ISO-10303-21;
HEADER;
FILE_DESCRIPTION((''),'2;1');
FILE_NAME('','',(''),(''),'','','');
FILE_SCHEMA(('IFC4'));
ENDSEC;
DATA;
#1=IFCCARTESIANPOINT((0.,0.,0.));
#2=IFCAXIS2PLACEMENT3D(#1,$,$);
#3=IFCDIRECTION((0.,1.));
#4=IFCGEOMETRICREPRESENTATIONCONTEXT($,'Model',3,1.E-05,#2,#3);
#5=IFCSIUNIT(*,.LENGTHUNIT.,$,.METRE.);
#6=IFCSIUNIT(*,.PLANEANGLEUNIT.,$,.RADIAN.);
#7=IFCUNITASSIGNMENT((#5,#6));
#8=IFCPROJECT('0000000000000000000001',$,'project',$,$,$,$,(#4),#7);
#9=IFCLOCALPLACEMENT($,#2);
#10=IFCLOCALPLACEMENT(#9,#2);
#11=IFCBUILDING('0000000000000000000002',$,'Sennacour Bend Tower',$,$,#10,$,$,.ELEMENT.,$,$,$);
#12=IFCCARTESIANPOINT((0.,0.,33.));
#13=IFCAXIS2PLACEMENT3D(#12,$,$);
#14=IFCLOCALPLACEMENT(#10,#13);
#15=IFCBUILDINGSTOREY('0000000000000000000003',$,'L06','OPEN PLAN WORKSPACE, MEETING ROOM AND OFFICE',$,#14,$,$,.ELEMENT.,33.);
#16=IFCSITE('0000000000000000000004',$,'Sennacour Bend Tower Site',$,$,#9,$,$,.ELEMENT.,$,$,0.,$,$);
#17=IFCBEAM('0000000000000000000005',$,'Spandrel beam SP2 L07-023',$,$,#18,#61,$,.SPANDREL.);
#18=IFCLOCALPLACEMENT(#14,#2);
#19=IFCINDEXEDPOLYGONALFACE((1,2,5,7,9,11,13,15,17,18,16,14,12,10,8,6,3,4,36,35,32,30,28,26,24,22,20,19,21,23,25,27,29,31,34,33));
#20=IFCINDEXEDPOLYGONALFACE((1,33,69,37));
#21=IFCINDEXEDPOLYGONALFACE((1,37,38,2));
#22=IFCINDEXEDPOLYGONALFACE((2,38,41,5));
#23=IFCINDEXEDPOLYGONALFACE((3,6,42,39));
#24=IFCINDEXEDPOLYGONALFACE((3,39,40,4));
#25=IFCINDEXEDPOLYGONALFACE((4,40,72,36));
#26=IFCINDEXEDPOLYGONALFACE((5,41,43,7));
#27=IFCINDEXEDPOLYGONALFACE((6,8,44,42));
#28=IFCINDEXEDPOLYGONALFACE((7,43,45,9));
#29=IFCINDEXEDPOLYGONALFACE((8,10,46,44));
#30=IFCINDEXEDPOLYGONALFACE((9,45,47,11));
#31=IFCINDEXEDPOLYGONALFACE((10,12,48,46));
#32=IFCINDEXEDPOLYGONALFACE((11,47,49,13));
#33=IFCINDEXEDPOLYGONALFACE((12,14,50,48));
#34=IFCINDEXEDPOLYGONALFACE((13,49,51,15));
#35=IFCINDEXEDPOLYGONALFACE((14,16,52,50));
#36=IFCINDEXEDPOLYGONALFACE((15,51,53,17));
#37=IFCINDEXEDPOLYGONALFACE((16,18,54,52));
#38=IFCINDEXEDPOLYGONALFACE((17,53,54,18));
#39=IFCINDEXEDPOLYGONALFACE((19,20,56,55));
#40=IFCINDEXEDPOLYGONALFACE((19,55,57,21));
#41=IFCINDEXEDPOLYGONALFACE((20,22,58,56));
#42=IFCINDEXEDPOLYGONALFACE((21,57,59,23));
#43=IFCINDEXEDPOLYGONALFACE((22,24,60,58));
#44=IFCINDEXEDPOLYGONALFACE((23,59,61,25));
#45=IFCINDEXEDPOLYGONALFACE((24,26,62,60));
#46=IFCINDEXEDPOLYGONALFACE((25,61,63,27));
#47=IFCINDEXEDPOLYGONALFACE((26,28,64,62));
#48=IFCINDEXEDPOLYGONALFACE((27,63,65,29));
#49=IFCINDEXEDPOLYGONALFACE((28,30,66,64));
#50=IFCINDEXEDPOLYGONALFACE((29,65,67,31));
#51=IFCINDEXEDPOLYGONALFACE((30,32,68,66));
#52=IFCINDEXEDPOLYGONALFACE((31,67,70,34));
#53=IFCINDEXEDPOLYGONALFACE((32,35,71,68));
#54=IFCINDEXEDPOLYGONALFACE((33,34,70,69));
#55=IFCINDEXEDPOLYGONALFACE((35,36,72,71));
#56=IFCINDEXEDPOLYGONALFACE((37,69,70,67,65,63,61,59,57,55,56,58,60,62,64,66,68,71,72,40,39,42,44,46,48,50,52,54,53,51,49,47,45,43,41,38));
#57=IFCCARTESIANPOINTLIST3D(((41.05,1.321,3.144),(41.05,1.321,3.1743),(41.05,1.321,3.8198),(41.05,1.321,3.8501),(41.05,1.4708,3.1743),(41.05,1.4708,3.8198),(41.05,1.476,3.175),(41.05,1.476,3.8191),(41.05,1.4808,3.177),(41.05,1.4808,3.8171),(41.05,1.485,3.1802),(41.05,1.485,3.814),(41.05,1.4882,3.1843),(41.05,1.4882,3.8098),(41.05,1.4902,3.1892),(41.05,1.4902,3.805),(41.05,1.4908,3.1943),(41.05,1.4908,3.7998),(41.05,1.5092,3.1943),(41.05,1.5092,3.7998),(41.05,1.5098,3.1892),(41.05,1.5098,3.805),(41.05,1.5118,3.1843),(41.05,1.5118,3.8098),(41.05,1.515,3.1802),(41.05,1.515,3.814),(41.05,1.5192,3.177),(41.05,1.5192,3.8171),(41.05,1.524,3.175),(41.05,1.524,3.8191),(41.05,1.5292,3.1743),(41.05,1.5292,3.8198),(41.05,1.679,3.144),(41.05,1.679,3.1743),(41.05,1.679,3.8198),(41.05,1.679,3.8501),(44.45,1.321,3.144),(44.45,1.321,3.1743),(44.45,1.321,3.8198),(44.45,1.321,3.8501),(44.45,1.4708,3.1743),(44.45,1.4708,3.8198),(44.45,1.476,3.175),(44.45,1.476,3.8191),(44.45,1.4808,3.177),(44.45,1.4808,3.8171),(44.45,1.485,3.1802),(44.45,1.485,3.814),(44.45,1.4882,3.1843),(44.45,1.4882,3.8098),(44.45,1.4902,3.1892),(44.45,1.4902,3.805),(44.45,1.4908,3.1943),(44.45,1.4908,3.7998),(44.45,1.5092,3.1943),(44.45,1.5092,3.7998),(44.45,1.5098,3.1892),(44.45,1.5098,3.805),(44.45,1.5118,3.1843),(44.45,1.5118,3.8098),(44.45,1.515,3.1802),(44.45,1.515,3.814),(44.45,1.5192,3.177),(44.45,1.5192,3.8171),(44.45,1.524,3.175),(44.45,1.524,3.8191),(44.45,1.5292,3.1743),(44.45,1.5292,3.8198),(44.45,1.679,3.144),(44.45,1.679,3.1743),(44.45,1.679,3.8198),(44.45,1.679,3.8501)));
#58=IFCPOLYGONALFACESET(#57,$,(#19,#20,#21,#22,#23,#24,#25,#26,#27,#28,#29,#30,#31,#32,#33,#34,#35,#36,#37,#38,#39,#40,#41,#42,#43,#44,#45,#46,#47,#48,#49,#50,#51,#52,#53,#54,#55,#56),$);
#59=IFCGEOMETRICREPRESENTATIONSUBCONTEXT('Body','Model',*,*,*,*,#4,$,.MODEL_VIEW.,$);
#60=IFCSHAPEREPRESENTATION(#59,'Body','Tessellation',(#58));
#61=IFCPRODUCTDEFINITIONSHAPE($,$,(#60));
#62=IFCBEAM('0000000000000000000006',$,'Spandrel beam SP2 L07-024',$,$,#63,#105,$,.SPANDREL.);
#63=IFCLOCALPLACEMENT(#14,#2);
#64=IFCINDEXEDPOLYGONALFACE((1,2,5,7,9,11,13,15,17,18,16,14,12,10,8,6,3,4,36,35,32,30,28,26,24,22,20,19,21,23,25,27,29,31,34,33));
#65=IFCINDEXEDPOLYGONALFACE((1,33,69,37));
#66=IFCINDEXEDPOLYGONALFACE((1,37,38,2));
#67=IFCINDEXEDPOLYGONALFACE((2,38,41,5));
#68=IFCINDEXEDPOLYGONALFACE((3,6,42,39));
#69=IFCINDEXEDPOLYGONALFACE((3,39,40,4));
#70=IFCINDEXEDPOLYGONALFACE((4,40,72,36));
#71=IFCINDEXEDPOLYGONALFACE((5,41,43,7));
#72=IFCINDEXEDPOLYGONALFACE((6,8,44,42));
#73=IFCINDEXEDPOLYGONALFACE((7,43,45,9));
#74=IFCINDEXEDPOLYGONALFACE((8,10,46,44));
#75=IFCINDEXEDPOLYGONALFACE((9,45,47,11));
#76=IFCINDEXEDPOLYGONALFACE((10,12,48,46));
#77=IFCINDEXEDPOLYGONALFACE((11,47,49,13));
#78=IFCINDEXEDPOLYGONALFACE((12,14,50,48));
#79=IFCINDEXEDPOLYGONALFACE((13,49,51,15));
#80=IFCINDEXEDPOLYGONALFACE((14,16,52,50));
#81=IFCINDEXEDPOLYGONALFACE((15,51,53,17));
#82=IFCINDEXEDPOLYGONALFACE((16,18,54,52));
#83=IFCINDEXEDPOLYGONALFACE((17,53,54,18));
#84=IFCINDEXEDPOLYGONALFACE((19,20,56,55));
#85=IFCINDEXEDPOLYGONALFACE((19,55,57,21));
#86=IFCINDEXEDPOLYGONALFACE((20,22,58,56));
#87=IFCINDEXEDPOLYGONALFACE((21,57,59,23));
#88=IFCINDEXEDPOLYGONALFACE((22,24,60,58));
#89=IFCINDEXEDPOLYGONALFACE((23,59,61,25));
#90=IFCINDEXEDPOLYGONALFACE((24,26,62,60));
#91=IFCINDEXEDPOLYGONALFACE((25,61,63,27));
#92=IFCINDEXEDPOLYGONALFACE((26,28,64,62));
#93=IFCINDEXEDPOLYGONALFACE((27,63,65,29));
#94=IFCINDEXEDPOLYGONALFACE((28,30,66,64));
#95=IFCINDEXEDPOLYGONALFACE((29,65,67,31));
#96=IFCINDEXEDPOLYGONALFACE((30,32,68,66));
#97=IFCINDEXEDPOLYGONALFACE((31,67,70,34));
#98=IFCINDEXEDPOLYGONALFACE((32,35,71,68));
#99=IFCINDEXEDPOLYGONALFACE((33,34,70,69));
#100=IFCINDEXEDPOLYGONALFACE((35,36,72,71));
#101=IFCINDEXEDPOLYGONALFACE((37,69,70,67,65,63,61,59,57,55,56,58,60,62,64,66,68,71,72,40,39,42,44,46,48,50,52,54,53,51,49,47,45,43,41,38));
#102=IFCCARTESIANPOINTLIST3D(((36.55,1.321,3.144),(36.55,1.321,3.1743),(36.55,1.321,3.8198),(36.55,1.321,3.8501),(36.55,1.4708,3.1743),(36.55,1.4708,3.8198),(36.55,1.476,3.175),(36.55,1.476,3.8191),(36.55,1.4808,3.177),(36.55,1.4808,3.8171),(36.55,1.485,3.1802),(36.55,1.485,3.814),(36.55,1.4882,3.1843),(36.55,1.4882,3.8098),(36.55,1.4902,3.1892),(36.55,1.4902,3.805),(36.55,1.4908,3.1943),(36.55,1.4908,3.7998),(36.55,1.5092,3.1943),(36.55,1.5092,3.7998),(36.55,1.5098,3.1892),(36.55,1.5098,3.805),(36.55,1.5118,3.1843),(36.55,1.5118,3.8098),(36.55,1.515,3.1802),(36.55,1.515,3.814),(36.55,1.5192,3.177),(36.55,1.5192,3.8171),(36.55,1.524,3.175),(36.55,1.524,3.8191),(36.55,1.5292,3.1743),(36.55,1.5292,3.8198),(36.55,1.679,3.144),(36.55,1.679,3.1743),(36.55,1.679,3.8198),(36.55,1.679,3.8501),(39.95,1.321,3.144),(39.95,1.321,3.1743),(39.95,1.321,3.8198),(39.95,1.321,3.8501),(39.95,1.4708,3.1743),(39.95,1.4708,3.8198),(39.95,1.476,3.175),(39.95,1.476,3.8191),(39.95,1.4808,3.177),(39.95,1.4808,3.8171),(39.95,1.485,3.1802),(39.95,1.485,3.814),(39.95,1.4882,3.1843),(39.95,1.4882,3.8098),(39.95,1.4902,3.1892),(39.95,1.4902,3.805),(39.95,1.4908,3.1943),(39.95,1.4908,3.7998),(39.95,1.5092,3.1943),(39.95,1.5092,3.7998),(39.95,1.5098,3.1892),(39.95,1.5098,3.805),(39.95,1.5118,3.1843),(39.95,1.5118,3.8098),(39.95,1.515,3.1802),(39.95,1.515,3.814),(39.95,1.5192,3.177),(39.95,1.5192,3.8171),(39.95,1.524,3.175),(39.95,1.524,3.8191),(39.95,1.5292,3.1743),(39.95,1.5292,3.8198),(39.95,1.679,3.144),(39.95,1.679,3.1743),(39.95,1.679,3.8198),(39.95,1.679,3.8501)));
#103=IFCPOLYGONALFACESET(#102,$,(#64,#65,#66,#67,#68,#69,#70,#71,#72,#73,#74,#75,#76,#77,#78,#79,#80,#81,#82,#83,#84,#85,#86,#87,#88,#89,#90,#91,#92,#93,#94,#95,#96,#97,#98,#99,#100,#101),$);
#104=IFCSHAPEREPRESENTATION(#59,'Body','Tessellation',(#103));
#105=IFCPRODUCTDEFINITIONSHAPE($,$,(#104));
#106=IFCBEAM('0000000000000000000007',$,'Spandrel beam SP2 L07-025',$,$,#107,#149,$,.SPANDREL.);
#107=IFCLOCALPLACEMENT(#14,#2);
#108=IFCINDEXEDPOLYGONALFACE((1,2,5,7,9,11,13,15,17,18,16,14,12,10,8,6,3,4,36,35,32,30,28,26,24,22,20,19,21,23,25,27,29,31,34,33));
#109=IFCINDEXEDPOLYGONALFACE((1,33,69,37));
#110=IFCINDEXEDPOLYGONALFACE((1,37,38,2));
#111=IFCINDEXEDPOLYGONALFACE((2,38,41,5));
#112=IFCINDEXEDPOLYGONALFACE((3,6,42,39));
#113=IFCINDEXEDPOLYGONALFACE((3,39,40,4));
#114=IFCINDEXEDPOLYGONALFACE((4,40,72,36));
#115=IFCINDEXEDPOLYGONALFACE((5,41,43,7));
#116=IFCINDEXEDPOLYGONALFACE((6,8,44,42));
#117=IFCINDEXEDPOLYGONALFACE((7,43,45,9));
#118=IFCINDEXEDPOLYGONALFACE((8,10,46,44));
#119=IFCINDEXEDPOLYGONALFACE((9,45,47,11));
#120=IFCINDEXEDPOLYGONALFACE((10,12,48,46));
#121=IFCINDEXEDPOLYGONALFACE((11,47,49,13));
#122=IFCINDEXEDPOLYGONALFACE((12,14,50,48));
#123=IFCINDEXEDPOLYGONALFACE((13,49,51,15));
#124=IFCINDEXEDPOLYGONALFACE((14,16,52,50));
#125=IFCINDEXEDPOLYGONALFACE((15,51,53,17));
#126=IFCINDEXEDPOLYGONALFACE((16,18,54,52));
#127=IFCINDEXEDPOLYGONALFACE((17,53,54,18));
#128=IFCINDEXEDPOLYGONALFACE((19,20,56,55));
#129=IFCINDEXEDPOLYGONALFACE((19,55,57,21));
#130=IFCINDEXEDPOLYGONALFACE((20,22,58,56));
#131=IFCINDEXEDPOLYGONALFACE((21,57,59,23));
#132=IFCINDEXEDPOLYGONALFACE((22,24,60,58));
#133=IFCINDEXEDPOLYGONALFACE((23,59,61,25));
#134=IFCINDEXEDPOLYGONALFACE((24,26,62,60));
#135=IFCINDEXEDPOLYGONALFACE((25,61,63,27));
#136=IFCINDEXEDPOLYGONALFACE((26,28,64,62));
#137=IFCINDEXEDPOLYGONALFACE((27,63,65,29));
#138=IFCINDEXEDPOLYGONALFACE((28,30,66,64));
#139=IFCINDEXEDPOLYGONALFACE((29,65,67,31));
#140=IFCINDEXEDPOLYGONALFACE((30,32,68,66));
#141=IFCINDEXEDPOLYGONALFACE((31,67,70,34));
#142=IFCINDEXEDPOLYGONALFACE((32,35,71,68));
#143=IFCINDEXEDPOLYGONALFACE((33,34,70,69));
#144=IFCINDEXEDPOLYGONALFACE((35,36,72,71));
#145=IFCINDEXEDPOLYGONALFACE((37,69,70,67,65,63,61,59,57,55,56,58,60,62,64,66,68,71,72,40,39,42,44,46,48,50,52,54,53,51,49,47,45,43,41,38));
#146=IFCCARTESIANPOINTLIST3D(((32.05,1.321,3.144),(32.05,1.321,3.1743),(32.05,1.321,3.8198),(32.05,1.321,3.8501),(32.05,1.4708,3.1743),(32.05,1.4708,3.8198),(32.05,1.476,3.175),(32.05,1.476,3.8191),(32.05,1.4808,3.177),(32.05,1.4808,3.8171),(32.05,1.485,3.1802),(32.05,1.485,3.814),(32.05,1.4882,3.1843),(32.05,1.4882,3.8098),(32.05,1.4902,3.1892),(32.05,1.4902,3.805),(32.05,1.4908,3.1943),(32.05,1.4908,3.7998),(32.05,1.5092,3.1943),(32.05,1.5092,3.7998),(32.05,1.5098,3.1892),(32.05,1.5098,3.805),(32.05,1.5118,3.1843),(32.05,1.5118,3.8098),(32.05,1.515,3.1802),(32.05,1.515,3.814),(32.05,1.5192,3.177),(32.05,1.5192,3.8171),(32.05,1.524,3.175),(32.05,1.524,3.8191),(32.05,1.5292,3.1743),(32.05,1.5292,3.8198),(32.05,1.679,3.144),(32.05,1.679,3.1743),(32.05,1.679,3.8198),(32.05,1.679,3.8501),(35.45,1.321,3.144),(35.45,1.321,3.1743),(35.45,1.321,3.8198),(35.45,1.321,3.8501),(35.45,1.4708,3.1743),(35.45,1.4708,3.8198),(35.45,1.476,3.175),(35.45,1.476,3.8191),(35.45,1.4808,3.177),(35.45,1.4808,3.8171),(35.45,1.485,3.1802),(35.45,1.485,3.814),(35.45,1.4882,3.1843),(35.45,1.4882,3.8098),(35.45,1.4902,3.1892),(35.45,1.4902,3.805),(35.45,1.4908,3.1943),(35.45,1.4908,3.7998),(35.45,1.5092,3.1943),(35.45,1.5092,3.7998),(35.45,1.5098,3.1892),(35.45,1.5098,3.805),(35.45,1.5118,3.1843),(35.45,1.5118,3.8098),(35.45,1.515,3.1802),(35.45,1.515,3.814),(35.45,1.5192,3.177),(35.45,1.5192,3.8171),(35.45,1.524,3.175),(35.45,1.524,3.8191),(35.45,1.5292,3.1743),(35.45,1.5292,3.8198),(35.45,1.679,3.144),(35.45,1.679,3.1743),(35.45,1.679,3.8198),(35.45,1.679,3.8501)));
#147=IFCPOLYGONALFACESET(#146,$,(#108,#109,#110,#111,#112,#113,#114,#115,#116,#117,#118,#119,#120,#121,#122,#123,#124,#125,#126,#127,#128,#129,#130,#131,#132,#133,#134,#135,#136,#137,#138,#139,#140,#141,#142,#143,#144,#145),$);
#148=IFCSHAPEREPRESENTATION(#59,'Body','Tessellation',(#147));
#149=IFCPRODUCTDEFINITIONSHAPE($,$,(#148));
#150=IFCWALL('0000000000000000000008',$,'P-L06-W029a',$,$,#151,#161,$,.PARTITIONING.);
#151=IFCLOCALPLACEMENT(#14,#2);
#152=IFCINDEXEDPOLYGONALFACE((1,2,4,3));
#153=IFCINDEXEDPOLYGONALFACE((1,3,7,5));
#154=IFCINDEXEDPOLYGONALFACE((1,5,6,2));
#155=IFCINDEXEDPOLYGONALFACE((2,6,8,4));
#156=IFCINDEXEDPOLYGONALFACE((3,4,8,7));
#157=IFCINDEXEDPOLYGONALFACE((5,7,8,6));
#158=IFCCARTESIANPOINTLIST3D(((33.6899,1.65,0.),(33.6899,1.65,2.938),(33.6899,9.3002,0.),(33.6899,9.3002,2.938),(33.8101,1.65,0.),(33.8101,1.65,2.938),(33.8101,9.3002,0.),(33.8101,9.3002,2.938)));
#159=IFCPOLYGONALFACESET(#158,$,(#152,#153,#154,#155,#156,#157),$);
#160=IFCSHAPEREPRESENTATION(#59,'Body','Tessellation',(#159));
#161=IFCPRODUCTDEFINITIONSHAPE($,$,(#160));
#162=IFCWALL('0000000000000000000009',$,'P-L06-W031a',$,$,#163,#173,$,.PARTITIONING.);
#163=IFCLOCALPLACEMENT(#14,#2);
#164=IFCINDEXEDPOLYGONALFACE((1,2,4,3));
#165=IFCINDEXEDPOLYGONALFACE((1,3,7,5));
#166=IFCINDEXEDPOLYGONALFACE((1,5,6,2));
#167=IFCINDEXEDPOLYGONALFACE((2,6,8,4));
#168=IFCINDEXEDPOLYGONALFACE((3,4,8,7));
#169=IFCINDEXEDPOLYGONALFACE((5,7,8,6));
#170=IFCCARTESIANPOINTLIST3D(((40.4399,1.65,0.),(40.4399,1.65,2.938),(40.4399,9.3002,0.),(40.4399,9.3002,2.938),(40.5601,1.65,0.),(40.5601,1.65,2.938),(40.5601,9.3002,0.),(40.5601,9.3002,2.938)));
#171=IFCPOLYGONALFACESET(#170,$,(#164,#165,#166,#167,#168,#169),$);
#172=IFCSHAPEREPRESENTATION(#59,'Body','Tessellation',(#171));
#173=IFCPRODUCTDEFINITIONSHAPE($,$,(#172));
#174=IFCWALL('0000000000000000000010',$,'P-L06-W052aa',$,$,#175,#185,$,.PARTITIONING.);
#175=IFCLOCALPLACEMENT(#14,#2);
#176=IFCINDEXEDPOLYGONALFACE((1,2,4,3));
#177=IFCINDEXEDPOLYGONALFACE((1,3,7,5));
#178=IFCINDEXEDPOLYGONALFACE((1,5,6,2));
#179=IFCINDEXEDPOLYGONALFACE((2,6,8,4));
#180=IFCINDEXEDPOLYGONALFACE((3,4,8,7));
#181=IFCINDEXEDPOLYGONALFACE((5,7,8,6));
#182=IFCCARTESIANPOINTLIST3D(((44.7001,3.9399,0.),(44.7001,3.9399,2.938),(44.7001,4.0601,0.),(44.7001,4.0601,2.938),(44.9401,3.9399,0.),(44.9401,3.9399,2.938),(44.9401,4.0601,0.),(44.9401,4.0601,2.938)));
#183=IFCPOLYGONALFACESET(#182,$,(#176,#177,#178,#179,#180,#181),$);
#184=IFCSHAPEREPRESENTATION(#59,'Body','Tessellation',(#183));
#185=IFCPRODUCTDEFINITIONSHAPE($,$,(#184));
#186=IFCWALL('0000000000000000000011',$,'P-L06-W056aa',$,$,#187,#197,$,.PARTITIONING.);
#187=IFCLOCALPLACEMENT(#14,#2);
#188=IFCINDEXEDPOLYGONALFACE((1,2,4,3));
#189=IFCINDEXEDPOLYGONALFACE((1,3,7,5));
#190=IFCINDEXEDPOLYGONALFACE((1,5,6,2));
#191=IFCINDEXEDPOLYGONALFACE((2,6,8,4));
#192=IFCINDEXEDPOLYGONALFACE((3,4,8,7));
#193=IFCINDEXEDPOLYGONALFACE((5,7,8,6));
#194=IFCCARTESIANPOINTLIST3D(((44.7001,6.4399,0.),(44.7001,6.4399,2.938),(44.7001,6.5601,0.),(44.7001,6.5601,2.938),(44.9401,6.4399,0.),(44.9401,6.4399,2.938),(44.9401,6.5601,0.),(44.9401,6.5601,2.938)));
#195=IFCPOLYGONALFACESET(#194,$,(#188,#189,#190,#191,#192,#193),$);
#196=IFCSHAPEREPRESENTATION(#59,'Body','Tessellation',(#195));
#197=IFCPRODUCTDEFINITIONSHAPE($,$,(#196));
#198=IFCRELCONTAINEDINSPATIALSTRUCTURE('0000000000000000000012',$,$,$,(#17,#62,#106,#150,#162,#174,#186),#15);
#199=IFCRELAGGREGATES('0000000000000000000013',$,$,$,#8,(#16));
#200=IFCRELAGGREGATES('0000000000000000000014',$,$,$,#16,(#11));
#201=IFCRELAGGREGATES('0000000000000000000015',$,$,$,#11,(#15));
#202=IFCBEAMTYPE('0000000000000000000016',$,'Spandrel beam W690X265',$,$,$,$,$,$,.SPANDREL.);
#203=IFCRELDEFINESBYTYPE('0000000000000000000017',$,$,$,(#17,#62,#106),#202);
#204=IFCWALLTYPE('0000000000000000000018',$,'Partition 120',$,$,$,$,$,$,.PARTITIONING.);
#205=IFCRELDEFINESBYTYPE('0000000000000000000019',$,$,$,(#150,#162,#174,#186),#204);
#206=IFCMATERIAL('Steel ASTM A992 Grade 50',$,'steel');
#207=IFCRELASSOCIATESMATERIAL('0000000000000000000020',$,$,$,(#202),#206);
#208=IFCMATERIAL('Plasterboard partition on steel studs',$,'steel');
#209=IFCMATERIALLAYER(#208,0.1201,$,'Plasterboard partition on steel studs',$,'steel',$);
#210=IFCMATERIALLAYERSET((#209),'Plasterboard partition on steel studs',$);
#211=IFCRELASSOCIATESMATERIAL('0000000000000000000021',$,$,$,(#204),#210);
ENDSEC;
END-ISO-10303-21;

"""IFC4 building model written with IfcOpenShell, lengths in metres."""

from ifc_helpers import new_model, si_unit, direction, frame, frame_2d, origin, origin_2d, place, context, subcontext, project, spatial, rectangle, i_section, extrude, material, layer, layer_set, material_profile, profile_set, type_object, element, save


model = new_model("IFC4")

# Units and contexts
model_context = context("Model", 3, precision=1e-05, world=origin(), true_north=direction((0.0, 1.0)))
body_context = subcontext(model_context, "Body", "Model", "MODEL_VIEW")
ifc_project = project(units=[si_unit("LENGTHUNIT", "METRE"), si_unit("PLANEANGLEUNIT", "RADIAN")], contexts=[model_context])

# Site, building, storey
site_placement = place(None, origin())
site = spatial("IfcSite", under=ifc_project, at=site_placement, Name="Sennacour Bend Tower Site", CompositionType="ELEMENT", RefElevation=0.0)
building_placement = place(site_placement, origin())
building = spatial("IfcBuilding", under=site, at=building_placement, Name="Sennacour Bend Tower", CompositionType="ELEMENT")
storey_placement = place(building_placement, frame((0.0, 0.0, 33.0)))
storey = spatial("IfcBuildingStorey", under=building, at=storey_placement, Name="L06", Description="OPEN PLAN WORKSPACE, MEETING ROOM AND OFFICE", CompositionType="ELEMENT", Elevation=33.0)

# Beams
ifc_material_1 = material(Name="Steel ASTM A992 Grade 50", Category="steel")
ifc_material_profile_1 = material_profile(ifc_material_1, i_section(OverallWidth=0.3579, OverallDepth=0.7061, WebThickness=0.0183, FlangeThickness=0.0303, FilletRadius=0.02, at=origin_2d()), Name="Steel ASTM A992 Grade 50", Category="steel")
ifc_profile_set_1 = profile_set([ifc_material_profile_1], Name="Steel ASTM A992 Grade 50")
beam_type_1 = type_object("IfcBeamType", Name="Spandrel beam W690X265", PredefinedType="SPANDREL", material=ifc_profile_set_1)
for number, where, z_axis, x_axis, name in (
    (1, (44.45, 1.5, 3.4971), (-1.0, 0.0, 0.0), (0.0, -1.0, 0.0), "Spandrel beam SP2 L07-023"),
    (2, (39.95, 1.5, 3.4971), (-1.0, 0.0, 0.0), (0.0, -1.0, 0.0), "Spandrel beam SP2 L07-024"),
    (3, (35.45, 1.5, 3.4971), (-1.0, 0.0, 0.0), (0.0, -1.0, 0.0), "Spandrel beam SP2 L07-025"),
):
    element("IfcBeam", number, at=place(storey_placement, frame(where, z_axis=z_axis, x_axis=x_axis)), inside=storey, type_object=beam_type_1, Name=name, PredefinedType="SPANDREL", context=body_context, shape_type="SweptSolid", body=[
        extrude(i_section(OverallWidth=0.3579, OverallDepth=0.7061, WebThickness=0.0183, FlangeThickness=0.0303, FilletRadius=0.02, at=origin_2d()), origin(), (0.0, 0.0, 1.0), 3.3999),
    ])

# Walls
ifc_material_2 = material(Name="Plasterboard partition on steel studs", Category="steel")
ifc_layer_1 = layer(ifc_material_2, 0.1201, Name="Plasterboard partition on steel studs", Category="steel")
ifc_layer_set_1 = layer_set([ifc_layer_1], Name="Plasterboard partition on steel studs")
wall_type_1 = type_object("IfcWallType", Name="Partition 120", PredefinedType="PARTITIONING", material=ifc_layer_set_1)
for number, where, z_axis, x_axis, name in (
    (4, (33.75, 1.6499, 0.0), (0.0, 0.0, 1.0), (0.0, 1.0, 0.0), "P-L06-W029a"),
    (5, (40.5, 1.6499, 0.0), (0.0, 0.0, 1.0), (0.0, 1.0, 0.0), "P-L06-W031a"),
):
    element("IfcWall", number, at=place(storey_placement, frame(where, z_axis=z_axis, x_axis=x_axis)), inside=storey, type_object=wall_type_1, Name=name, PredefinedType="PARTITIONING", context=body_context, shape_type="SweptSolid", body=[
        extrude(rectangle(XDim=7.6501, YDim=0.1201, at=frame_2d((3.8252, 0.0))), origin(), (0.0, 0.0, 1.0), 2.938),
    ])
for number, where, z_axis, x_axis, name in (
    (6, (44.7, 4.0, 0.0), (0.0, 0.0, 1.0), (1.0, 0.0, 0.0), "P-L06-W052aa"),
    (7, (44.7, 6.5, 0.0), (0.0, 0.0, 1.0), (1.0, 0.0, 0.0), "P-L06-W056aa"),
):
    element("IfcWall", number, at=place(storey_placement, frame(where, z_axis=z_axis, x_axis=x_axis)), inside=storey, type_object=wall_type_1, Name=name, PredefinedType="PARTITIONING", context=body_context, shape_type="SweptSolid", body=[
        extrude(rectangle(XDim=0.24, YDim=0.1201, at=frame_2d((0.1201, 0.0))), origin(), (0.0, 0.0, 1.0), 2.938),
    ])

save(model, "model.ifc")
